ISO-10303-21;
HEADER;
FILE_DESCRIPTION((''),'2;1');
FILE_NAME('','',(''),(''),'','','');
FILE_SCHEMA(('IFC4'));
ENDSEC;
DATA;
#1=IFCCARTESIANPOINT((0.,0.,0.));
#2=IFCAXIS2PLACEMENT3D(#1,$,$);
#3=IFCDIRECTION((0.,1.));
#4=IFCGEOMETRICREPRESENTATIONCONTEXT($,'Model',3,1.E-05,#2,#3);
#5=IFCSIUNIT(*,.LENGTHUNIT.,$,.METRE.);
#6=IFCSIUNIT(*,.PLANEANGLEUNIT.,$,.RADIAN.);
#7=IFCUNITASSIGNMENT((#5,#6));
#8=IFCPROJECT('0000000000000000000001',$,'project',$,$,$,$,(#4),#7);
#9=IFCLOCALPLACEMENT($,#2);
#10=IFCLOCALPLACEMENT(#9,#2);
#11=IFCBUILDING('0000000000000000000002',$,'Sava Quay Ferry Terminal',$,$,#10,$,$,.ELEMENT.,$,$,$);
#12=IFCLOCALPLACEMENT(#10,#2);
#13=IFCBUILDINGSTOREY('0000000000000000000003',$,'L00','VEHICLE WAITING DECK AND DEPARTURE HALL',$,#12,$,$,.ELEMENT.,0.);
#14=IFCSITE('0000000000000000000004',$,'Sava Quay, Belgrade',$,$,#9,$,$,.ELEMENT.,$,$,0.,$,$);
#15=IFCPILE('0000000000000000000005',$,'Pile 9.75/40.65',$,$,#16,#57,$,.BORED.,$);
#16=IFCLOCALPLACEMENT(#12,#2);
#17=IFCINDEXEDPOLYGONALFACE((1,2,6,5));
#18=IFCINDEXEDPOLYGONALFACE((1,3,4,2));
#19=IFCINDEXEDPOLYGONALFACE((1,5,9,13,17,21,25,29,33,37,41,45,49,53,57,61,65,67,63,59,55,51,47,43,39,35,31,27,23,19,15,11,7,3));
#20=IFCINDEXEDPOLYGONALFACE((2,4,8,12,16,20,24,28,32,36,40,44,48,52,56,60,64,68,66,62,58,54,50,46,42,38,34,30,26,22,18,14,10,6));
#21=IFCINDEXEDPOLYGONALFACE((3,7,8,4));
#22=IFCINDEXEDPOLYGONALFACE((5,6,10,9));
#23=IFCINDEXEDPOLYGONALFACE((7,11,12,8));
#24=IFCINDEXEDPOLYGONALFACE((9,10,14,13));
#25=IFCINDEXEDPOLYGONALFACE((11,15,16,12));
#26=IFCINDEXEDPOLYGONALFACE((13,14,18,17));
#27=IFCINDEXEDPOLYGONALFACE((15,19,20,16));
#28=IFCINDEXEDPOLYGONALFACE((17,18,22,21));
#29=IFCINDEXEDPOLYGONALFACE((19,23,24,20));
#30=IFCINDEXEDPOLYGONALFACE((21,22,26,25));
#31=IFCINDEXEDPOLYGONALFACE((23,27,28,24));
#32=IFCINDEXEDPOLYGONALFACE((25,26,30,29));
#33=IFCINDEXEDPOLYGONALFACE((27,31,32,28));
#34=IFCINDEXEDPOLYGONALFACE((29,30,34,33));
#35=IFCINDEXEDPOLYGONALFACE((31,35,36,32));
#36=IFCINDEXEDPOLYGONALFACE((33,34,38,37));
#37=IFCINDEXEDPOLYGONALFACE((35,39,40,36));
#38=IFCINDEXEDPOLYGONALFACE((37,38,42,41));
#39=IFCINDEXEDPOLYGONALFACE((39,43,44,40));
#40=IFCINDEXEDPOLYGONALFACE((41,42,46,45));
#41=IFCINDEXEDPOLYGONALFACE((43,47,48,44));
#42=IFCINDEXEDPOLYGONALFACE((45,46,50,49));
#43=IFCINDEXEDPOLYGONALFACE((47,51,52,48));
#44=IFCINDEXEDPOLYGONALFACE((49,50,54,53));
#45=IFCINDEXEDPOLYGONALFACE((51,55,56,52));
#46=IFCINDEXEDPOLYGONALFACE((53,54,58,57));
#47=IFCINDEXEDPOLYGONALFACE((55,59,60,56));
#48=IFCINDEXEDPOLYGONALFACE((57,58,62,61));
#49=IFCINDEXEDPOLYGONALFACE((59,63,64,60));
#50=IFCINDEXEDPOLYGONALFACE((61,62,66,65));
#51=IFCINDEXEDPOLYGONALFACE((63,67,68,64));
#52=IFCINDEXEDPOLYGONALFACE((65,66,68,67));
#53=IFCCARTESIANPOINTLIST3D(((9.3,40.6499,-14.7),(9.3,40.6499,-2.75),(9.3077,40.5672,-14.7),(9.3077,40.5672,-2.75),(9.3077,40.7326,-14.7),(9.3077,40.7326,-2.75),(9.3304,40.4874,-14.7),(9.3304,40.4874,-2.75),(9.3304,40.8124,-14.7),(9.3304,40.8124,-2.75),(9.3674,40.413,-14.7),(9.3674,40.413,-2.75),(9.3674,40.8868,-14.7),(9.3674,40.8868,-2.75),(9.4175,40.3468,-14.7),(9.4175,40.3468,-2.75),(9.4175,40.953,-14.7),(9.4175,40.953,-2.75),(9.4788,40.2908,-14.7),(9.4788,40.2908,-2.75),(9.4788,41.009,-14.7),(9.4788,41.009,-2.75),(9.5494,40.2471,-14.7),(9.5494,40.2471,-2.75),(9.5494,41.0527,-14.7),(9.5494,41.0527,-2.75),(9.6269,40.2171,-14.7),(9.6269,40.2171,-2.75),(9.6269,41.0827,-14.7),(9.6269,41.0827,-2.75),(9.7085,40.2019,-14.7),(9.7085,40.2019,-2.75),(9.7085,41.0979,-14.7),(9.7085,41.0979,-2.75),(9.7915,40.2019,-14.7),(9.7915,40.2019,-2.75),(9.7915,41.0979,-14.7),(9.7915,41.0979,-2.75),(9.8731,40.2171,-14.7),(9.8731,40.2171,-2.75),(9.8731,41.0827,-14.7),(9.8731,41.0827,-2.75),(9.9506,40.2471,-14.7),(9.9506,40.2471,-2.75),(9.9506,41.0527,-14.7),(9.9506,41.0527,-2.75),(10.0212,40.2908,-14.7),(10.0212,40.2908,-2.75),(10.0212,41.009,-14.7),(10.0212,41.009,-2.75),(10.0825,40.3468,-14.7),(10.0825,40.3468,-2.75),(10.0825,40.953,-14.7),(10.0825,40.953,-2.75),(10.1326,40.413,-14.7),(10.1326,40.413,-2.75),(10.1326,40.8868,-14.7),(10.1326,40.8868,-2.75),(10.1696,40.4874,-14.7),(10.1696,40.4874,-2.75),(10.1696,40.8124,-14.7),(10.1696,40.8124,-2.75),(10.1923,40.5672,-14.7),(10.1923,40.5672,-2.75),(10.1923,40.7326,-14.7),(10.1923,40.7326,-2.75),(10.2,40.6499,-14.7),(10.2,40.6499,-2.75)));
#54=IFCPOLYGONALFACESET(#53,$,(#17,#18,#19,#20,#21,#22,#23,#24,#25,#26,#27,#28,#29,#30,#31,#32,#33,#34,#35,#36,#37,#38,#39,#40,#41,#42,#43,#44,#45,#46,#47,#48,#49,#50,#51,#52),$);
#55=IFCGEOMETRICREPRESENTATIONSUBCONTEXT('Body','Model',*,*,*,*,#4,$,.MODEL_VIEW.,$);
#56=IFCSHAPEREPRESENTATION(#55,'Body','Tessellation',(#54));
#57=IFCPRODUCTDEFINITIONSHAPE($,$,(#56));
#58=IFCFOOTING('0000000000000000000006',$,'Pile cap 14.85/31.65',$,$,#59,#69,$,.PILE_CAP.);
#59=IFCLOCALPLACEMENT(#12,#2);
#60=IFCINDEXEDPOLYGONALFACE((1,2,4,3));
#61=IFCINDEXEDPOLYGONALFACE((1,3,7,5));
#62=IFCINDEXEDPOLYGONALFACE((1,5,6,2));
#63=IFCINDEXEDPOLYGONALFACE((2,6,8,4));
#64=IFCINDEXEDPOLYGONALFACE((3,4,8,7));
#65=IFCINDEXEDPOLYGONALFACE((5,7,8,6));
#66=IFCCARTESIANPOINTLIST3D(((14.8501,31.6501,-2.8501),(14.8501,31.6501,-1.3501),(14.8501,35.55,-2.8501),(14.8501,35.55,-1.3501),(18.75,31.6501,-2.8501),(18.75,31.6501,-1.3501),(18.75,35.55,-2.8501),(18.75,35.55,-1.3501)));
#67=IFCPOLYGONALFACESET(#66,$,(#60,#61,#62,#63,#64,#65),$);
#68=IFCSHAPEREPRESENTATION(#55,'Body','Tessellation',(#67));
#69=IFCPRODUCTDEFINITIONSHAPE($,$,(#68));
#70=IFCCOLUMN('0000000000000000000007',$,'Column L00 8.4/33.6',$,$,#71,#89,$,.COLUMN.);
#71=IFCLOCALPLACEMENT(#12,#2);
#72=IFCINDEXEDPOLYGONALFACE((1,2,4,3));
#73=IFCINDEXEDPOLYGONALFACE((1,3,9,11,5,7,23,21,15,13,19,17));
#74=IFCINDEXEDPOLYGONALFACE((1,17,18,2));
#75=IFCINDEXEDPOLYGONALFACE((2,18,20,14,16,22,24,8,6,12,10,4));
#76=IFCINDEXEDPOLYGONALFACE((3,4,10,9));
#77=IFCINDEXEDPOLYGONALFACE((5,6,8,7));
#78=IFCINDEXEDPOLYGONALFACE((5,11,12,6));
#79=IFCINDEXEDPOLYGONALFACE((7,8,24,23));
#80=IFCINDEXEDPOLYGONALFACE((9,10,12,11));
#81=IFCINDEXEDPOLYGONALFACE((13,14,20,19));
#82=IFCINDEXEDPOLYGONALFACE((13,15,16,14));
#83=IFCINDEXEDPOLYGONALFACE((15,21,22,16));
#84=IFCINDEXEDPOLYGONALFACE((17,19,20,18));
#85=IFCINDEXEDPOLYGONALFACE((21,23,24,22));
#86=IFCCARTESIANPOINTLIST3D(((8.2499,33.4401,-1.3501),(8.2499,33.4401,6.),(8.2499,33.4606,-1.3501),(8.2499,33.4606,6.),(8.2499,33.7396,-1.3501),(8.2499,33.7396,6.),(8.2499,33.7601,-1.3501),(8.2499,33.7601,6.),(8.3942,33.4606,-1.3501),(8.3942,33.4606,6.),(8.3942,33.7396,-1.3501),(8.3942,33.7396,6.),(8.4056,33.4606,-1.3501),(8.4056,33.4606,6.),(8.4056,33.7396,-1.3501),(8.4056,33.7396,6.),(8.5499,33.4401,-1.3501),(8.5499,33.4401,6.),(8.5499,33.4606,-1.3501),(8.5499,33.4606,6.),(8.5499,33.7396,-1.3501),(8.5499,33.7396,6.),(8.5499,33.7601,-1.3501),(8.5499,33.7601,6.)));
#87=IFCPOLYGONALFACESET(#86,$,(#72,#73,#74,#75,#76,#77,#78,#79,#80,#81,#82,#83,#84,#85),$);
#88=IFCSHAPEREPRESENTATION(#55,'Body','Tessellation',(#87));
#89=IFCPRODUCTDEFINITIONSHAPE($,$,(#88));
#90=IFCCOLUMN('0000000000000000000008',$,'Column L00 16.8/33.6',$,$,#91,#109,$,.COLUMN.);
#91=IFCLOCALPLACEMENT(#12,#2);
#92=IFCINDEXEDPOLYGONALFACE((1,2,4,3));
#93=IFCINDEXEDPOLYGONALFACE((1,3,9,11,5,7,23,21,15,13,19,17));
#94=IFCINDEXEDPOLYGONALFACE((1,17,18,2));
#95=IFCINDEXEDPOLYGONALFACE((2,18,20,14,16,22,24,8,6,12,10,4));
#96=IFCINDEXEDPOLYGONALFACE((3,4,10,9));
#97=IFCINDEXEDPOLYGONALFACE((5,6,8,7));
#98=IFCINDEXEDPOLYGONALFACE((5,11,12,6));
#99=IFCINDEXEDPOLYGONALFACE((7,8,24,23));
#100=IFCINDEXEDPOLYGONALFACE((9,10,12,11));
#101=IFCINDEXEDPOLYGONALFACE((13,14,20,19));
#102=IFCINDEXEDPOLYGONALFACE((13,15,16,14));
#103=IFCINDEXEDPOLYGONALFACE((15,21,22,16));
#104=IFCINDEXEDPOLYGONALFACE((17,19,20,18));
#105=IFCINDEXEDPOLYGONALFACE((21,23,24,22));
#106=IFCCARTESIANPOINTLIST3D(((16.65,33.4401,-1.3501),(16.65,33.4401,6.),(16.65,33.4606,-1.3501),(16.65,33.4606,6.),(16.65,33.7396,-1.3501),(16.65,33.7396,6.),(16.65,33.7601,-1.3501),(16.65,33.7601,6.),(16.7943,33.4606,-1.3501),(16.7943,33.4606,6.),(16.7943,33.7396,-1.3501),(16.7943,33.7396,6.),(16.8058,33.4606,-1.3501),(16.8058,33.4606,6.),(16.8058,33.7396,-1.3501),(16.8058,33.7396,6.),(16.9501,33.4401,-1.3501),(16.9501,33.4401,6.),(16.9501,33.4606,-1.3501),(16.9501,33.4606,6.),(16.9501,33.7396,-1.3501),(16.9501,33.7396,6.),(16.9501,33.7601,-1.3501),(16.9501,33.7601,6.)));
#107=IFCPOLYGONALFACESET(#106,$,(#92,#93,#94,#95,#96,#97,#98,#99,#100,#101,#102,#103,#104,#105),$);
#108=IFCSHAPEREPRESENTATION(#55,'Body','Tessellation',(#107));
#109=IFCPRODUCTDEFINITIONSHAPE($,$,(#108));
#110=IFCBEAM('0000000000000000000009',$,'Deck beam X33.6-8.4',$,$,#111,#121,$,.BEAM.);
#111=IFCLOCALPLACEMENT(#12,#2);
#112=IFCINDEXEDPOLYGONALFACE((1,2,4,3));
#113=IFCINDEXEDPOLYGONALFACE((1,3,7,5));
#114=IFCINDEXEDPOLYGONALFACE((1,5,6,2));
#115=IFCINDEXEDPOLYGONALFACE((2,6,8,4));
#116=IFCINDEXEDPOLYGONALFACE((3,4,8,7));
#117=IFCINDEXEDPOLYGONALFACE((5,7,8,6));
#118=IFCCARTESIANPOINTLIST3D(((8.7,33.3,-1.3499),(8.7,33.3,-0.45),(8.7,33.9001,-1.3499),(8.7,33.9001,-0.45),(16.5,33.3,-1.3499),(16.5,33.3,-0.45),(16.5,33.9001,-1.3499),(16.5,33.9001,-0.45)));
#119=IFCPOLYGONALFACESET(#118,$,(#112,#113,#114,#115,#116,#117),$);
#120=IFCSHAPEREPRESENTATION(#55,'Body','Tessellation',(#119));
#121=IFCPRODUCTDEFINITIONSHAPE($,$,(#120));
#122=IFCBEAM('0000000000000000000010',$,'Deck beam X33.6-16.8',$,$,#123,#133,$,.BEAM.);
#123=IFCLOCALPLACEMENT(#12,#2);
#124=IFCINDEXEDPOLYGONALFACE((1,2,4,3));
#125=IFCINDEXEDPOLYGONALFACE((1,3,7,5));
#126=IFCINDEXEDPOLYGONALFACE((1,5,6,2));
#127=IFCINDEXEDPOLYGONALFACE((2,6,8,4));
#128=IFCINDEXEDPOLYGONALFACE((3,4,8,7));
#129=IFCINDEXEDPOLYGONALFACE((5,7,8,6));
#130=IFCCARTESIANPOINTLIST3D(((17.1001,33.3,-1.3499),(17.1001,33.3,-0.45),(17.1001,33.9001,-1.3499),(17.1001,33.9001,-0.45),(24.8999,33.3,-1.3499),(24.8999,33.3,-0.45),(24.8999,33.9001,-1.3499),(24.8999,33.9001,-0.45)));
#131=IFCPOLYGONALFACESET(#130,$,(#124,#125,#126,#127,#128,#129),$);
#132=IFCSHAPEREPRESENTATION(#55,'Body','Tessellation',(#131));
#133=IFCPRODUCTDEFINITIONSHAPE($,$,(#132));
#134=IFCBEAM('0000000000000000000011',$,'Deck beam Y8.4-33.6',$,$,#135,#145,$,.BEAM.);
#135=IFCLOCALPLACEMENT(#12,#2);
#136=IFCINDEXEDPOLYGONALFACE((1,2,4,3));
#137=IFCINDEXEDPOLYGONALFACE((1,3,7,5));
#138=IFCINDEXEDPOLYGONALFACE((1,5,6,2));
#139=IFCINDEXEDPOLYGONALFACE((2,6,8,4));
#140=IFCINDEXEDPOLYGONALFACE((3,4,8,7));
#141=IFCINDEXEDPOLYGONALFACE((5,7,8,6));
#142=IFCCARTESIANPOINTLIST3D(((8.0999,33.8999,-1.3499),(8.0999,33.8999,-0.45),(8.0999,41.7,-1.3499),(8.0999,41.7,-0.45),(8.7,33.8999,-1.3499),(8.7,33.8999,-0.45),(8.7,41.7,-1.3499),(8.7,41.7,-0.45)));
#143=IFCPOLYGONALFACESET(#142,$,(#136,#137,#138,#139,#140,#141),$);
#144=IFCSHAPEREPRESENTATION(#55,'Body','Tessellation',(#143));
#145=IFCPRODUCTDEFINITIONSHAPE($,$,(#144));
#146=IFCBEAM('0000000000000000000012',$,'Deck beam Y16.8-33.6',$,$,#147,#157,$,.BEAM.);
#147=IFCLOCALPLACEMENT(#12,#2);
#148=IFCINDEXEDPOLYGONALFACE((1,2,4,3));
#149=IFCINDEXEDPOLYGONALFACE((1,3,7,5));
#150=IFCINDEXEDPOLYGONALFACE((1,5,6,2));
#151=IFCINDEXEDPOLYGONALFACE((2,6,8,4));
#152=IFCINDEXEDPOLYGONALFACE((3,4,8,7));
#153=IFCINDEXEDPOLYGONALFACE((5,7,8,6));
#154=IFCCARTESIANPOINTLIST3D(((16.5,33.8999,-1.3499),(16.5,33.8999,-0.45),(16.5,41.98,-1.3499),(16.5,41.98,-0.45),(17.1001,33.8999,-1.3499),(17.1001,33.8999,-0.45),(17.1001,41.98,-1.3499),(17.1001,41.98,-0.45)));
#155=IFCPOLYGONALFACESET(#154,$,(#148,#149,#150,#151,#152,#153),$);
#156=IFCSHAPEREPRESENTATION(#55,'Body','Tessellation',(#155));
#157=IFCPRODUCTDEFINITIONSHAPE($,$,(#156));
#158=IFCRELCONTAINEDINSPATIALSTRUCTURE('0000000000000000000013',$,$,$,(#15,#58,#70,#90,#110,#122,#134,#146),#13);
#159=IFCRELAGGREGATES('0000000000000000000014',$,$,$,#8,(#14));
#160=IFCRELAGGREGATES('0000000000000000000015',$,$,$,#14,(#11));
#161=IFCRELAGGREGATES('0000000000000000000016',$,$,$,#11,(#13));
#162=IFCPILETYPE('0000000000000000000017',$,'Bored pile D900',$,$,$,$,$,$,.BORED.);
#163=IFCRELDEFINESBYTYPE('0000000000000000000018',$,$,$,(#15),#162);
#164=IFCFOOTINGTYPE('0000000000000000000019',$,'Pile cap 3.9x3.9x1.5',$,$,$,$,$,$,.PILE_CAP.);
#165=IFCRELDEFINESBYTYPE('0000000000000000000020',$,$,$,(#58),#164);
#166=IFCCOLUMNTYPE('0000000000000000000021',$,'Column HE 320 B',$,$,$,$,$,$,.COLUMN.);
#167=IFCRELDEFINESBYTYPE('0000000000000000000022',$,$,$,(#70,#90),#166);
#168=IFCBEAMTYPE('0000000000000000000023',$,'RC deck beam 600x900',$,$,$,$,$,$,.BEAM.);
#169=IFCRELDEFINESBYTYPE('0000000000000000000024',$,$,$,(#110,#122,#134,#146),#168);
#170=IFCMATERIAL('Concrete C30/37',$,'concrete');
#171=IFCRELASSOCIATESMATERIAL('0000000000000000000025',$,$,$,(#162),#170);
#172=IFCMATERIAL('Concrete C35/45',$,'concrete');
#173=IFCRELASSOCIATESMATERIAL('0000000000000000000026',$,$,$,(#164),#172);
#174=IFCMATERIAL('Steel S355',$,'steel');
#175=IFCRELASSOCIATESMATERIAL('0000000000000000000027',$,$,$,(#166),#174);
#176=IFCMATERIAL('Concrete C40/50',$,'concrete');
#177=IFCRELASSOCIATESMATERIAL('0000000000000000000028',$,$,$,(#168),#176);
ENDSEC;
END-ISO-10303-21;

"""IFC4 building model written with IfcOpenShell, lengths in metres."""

from ifc_helpers import new_model, si_unit, direction, frame, origin, origin_2d, place, context, subcontext, project, spatial, rectangle, circle, i_section, extrude, material, material_profile, profile_set, type_object, element, save


model = new_model("IFC4")

# Units and contexts
model_context = context("Model", 3, precision=1e-05, world=origin(), true_north=direction((0.0, 1.0)))
body_context = subcontext(model_context, "Body", "Model", "MODEL_VIEW")
ifc_project = project(units=[si_unit("LENGTHUNIT", "METRE"), si_unit("PLANEANGLEUNIT", "RADIAN")], contexts=[model_context])

# Site, building, storey
site_placement = place(None, origin())
site = spatial("IfcSite", under=ifc_project, at=site_placement, Name="Sava Quay, Belgrade", CompositionType="ELEMENT", RefElevation=0.0)
building_placement = place(site_placement, origin())
building = spatial("IfcBuilding", under=site, at=building_placement, Name="Sava Quay Ferry Terminal", CompositionType="ELEMENT")
storey_placement = place(building_placement, origin())
storey = spatial("IfcBuildingStorey", under=building, at=storey_placement, Name="L00", Description="VEHICLE WAITING DECK AND DEPARTURE HALL", CompositionType="ELEMENT", Elevation=0.0)

# Pile
ifc_material_1 = material(Name="Concrete C30/37", Category="concrete")
ifc_material_profile_1 = material_profile(ifc_material_1, circle(Radius=0.45, at=origin_2d()), Name="Bored pile D900")
ifc_profile_set_1 = profile_set([ifc_material_profile_1], Name="Concrete C30/37")
pile_type = type_object("IfcPileType", Name="Bored pile D900", PredefinedType="BORED", material=ifc_profile_set_1)
for number, where, z_axis, x_axis, name in (
    (1, (9.75, 40.6499, -2.75), (0.0, 0.0, -1.0), (1.0, 0.0, 0.0), "Pile 9.75/40.65"),
):
    element("IfcPile", number, at=place(storey_placement, frame(where, z_axis=z_axis, x_axis=x_axis)), inside=storey, type_object=pile_type, Name=name, PredefinedType="BORED", context=body_context, shape_type="SweptSolid", body=[
        extrude(circle(Radius=0.45, at=origin_2d()), origin(), (0.0, 0.0, 1.0), 11.95),
    ])

# Footing
ifc_material_2 = material(Name="Concrete C35/45", Category="concrete")
footing_type = type_object("IfcFootingType", Name="Pile cap 3.9x3.9x1.5", PredefinedType="PILE_CAP", material=ifc_material_2)
footing_placement = place(storey_placement, frame((16.8, 33.6001, -2.8501), z_axis=(0.0, 0.0, 1.0), x_axis=(1.0, 0.0, 0.0)))
element("IfcFooting", 2, at=footing_placement, inside=storey, type_object=footing_type, Name="Pile cap 14.85/31.65", PredefinedType="PILE_CAP", context=body_context, shape_type="SweptSolid", body=[
    extrude(rectangle(XDim=3.8999, YDim=3.8999, at=origin_2d()), origin(), (0.0, 0.0, 1.0), 1.5),
])

# Columns
ifc_material_3 = material(Name="Steel S355", Category="steel")
ifc_material_profile_2 = material_profile(ifc_material_3, i_section(OverallWidth=0.3, OverallDepth=0.3201, WebThickness=0.0115, FlangeThickness=0.0205, at=origin_2d()), Name="HE 320 B")
ifc_profile_set_2 = profile_set([ifc_material_profile_2], Name="Steel S355")
column_type = type_object("IfcColumnType", Name="Column HE 320 B", PredefinedType="COLUMN", material=ifc_profile_set_2)
for number, where, z_axis, x_axis, name in (
    (3, (8.3999, 33.6001, -1.3501), (0.0, 0.0, 1.0), (1.0, 0.0, 0.0), "Column L00 8.4/33.6"),
    (4, (16.8, 33.6001, -1.3501), (0.0, 0.0, 1.0), (1.0, 0.0, 0.0), "Column L00 16.8/33.6"),
):
    element("IfcColumn", number, at=place(storey_placement, frame(where, z_axis=z_axis, x_axis=x_axis)), inside=storey, type_object=column_type, Name=name, PredefinedType="COLUMN", context=body_context, shape_type="SweptSolid", body=[
        extrude(i_section(OverallWidth=0.3, OverallDepth=0.3201, WebThickness=0.0115, FlangeThickness=0.0205, at=origin_2d()), origin(), (0.0, 0.0, 1.0), 7.3501),
    ])

# Beams
ifc_material_4 = material(Name="Concrete C40/50", Category="concrete")
ifc_material_profile_3 = material_profile(ifc_material_4, rectangle(XDim=0.6001, YDim=0.8999, at=origin_2d()), Name="RC 600x900")
ifc_profile_set_3 = profile_set([ifc_material_profile_3], Name="Concrete C40/50")
beam_type = type_object("IfcBeamType", Name="RC deck beam 600x900", PredefinedType="BEAM", material=ifc_profile_set_3)
beam_1_placement = place(storey_placement, frame((8.7, 33.6001, -0.8999), z_axis=(1.0, 0.0, 0.0), x_axis=(0.0, 1.0, 0.0)))
element("IfcBeam", 5, at=beam_1_placement, inside=storey, type_object=beam_type, Name="Deck beam X33.6-8.4", PredefinedType="BEAM", context=body_context, shape_type="SweptSolid", body=[
    extrude(rectangle(XDim=0.6001, YDim=0.8999, at=origin_2d()), origin(), (0.0, 0.0, 1.0), 7.8),
])
beam_2_placement = place(storey_placement, frame((17.1001, 33.6001, -0.8999), z_axis=(1.0, 0.0, 0.0), x_axis=(0.0, 1.0, 0.0)))
element("IfcBeam", 6, at=beam_2_placement, inside=storey, type_object=beam_type, Name="Deck beam X33.6-16.8", PredefinedType="BEAM", context=body_context, shape_type="SweptSolid", body=[
    extrude(rectangle(XDim=0.6001, YDim=0.8999, at=origin_2d()), origin(), (0.0, 0.0, 1.0), 7.7998),
])
beam_3_placement = place(storey_placement, frame((8.3999, 33.8999, -0.8999), z_axis=(0.0, 1.0, 0.0), x_axis=(-1.0, 0.0, 0.0)))
element("IfcBeam", 7, at=beam_3_placement, inside=storey, type_object=beam_type, Name="Deck beam Y8.4-33.6", PredefinedType="BEAM", context=body_context, shape_type="SweptSolid", body=[
    extrude(rectangle(XDim=0.6001, YDim=0.8999, at=origin_2d()), origin(), (0.0, 0.0, 1.0), 7.8),
])
beam_4_placement = place(storey_placement, frame((16.8, 33.8999, -0.8999), z_axis=(0.0, 1.0, 0.0), x_axis=(-1.0, 0.0, 0.0)))
element("IfcBeam", 8, at=beam_4_placement, inside=storey, type_object=beam_type, Name="Deck beam Y16.8-33.6", PredefinedType="BEAM", context=body_context, shape_type="SweptSolid", body=[
    extrude(rectangle(XDim=0.6001, YDim=0.8999, at=origin_2d()), origin(), (0.0, 0.0, 1.0), 8.0801),
])

save(model, "model.ifc")
